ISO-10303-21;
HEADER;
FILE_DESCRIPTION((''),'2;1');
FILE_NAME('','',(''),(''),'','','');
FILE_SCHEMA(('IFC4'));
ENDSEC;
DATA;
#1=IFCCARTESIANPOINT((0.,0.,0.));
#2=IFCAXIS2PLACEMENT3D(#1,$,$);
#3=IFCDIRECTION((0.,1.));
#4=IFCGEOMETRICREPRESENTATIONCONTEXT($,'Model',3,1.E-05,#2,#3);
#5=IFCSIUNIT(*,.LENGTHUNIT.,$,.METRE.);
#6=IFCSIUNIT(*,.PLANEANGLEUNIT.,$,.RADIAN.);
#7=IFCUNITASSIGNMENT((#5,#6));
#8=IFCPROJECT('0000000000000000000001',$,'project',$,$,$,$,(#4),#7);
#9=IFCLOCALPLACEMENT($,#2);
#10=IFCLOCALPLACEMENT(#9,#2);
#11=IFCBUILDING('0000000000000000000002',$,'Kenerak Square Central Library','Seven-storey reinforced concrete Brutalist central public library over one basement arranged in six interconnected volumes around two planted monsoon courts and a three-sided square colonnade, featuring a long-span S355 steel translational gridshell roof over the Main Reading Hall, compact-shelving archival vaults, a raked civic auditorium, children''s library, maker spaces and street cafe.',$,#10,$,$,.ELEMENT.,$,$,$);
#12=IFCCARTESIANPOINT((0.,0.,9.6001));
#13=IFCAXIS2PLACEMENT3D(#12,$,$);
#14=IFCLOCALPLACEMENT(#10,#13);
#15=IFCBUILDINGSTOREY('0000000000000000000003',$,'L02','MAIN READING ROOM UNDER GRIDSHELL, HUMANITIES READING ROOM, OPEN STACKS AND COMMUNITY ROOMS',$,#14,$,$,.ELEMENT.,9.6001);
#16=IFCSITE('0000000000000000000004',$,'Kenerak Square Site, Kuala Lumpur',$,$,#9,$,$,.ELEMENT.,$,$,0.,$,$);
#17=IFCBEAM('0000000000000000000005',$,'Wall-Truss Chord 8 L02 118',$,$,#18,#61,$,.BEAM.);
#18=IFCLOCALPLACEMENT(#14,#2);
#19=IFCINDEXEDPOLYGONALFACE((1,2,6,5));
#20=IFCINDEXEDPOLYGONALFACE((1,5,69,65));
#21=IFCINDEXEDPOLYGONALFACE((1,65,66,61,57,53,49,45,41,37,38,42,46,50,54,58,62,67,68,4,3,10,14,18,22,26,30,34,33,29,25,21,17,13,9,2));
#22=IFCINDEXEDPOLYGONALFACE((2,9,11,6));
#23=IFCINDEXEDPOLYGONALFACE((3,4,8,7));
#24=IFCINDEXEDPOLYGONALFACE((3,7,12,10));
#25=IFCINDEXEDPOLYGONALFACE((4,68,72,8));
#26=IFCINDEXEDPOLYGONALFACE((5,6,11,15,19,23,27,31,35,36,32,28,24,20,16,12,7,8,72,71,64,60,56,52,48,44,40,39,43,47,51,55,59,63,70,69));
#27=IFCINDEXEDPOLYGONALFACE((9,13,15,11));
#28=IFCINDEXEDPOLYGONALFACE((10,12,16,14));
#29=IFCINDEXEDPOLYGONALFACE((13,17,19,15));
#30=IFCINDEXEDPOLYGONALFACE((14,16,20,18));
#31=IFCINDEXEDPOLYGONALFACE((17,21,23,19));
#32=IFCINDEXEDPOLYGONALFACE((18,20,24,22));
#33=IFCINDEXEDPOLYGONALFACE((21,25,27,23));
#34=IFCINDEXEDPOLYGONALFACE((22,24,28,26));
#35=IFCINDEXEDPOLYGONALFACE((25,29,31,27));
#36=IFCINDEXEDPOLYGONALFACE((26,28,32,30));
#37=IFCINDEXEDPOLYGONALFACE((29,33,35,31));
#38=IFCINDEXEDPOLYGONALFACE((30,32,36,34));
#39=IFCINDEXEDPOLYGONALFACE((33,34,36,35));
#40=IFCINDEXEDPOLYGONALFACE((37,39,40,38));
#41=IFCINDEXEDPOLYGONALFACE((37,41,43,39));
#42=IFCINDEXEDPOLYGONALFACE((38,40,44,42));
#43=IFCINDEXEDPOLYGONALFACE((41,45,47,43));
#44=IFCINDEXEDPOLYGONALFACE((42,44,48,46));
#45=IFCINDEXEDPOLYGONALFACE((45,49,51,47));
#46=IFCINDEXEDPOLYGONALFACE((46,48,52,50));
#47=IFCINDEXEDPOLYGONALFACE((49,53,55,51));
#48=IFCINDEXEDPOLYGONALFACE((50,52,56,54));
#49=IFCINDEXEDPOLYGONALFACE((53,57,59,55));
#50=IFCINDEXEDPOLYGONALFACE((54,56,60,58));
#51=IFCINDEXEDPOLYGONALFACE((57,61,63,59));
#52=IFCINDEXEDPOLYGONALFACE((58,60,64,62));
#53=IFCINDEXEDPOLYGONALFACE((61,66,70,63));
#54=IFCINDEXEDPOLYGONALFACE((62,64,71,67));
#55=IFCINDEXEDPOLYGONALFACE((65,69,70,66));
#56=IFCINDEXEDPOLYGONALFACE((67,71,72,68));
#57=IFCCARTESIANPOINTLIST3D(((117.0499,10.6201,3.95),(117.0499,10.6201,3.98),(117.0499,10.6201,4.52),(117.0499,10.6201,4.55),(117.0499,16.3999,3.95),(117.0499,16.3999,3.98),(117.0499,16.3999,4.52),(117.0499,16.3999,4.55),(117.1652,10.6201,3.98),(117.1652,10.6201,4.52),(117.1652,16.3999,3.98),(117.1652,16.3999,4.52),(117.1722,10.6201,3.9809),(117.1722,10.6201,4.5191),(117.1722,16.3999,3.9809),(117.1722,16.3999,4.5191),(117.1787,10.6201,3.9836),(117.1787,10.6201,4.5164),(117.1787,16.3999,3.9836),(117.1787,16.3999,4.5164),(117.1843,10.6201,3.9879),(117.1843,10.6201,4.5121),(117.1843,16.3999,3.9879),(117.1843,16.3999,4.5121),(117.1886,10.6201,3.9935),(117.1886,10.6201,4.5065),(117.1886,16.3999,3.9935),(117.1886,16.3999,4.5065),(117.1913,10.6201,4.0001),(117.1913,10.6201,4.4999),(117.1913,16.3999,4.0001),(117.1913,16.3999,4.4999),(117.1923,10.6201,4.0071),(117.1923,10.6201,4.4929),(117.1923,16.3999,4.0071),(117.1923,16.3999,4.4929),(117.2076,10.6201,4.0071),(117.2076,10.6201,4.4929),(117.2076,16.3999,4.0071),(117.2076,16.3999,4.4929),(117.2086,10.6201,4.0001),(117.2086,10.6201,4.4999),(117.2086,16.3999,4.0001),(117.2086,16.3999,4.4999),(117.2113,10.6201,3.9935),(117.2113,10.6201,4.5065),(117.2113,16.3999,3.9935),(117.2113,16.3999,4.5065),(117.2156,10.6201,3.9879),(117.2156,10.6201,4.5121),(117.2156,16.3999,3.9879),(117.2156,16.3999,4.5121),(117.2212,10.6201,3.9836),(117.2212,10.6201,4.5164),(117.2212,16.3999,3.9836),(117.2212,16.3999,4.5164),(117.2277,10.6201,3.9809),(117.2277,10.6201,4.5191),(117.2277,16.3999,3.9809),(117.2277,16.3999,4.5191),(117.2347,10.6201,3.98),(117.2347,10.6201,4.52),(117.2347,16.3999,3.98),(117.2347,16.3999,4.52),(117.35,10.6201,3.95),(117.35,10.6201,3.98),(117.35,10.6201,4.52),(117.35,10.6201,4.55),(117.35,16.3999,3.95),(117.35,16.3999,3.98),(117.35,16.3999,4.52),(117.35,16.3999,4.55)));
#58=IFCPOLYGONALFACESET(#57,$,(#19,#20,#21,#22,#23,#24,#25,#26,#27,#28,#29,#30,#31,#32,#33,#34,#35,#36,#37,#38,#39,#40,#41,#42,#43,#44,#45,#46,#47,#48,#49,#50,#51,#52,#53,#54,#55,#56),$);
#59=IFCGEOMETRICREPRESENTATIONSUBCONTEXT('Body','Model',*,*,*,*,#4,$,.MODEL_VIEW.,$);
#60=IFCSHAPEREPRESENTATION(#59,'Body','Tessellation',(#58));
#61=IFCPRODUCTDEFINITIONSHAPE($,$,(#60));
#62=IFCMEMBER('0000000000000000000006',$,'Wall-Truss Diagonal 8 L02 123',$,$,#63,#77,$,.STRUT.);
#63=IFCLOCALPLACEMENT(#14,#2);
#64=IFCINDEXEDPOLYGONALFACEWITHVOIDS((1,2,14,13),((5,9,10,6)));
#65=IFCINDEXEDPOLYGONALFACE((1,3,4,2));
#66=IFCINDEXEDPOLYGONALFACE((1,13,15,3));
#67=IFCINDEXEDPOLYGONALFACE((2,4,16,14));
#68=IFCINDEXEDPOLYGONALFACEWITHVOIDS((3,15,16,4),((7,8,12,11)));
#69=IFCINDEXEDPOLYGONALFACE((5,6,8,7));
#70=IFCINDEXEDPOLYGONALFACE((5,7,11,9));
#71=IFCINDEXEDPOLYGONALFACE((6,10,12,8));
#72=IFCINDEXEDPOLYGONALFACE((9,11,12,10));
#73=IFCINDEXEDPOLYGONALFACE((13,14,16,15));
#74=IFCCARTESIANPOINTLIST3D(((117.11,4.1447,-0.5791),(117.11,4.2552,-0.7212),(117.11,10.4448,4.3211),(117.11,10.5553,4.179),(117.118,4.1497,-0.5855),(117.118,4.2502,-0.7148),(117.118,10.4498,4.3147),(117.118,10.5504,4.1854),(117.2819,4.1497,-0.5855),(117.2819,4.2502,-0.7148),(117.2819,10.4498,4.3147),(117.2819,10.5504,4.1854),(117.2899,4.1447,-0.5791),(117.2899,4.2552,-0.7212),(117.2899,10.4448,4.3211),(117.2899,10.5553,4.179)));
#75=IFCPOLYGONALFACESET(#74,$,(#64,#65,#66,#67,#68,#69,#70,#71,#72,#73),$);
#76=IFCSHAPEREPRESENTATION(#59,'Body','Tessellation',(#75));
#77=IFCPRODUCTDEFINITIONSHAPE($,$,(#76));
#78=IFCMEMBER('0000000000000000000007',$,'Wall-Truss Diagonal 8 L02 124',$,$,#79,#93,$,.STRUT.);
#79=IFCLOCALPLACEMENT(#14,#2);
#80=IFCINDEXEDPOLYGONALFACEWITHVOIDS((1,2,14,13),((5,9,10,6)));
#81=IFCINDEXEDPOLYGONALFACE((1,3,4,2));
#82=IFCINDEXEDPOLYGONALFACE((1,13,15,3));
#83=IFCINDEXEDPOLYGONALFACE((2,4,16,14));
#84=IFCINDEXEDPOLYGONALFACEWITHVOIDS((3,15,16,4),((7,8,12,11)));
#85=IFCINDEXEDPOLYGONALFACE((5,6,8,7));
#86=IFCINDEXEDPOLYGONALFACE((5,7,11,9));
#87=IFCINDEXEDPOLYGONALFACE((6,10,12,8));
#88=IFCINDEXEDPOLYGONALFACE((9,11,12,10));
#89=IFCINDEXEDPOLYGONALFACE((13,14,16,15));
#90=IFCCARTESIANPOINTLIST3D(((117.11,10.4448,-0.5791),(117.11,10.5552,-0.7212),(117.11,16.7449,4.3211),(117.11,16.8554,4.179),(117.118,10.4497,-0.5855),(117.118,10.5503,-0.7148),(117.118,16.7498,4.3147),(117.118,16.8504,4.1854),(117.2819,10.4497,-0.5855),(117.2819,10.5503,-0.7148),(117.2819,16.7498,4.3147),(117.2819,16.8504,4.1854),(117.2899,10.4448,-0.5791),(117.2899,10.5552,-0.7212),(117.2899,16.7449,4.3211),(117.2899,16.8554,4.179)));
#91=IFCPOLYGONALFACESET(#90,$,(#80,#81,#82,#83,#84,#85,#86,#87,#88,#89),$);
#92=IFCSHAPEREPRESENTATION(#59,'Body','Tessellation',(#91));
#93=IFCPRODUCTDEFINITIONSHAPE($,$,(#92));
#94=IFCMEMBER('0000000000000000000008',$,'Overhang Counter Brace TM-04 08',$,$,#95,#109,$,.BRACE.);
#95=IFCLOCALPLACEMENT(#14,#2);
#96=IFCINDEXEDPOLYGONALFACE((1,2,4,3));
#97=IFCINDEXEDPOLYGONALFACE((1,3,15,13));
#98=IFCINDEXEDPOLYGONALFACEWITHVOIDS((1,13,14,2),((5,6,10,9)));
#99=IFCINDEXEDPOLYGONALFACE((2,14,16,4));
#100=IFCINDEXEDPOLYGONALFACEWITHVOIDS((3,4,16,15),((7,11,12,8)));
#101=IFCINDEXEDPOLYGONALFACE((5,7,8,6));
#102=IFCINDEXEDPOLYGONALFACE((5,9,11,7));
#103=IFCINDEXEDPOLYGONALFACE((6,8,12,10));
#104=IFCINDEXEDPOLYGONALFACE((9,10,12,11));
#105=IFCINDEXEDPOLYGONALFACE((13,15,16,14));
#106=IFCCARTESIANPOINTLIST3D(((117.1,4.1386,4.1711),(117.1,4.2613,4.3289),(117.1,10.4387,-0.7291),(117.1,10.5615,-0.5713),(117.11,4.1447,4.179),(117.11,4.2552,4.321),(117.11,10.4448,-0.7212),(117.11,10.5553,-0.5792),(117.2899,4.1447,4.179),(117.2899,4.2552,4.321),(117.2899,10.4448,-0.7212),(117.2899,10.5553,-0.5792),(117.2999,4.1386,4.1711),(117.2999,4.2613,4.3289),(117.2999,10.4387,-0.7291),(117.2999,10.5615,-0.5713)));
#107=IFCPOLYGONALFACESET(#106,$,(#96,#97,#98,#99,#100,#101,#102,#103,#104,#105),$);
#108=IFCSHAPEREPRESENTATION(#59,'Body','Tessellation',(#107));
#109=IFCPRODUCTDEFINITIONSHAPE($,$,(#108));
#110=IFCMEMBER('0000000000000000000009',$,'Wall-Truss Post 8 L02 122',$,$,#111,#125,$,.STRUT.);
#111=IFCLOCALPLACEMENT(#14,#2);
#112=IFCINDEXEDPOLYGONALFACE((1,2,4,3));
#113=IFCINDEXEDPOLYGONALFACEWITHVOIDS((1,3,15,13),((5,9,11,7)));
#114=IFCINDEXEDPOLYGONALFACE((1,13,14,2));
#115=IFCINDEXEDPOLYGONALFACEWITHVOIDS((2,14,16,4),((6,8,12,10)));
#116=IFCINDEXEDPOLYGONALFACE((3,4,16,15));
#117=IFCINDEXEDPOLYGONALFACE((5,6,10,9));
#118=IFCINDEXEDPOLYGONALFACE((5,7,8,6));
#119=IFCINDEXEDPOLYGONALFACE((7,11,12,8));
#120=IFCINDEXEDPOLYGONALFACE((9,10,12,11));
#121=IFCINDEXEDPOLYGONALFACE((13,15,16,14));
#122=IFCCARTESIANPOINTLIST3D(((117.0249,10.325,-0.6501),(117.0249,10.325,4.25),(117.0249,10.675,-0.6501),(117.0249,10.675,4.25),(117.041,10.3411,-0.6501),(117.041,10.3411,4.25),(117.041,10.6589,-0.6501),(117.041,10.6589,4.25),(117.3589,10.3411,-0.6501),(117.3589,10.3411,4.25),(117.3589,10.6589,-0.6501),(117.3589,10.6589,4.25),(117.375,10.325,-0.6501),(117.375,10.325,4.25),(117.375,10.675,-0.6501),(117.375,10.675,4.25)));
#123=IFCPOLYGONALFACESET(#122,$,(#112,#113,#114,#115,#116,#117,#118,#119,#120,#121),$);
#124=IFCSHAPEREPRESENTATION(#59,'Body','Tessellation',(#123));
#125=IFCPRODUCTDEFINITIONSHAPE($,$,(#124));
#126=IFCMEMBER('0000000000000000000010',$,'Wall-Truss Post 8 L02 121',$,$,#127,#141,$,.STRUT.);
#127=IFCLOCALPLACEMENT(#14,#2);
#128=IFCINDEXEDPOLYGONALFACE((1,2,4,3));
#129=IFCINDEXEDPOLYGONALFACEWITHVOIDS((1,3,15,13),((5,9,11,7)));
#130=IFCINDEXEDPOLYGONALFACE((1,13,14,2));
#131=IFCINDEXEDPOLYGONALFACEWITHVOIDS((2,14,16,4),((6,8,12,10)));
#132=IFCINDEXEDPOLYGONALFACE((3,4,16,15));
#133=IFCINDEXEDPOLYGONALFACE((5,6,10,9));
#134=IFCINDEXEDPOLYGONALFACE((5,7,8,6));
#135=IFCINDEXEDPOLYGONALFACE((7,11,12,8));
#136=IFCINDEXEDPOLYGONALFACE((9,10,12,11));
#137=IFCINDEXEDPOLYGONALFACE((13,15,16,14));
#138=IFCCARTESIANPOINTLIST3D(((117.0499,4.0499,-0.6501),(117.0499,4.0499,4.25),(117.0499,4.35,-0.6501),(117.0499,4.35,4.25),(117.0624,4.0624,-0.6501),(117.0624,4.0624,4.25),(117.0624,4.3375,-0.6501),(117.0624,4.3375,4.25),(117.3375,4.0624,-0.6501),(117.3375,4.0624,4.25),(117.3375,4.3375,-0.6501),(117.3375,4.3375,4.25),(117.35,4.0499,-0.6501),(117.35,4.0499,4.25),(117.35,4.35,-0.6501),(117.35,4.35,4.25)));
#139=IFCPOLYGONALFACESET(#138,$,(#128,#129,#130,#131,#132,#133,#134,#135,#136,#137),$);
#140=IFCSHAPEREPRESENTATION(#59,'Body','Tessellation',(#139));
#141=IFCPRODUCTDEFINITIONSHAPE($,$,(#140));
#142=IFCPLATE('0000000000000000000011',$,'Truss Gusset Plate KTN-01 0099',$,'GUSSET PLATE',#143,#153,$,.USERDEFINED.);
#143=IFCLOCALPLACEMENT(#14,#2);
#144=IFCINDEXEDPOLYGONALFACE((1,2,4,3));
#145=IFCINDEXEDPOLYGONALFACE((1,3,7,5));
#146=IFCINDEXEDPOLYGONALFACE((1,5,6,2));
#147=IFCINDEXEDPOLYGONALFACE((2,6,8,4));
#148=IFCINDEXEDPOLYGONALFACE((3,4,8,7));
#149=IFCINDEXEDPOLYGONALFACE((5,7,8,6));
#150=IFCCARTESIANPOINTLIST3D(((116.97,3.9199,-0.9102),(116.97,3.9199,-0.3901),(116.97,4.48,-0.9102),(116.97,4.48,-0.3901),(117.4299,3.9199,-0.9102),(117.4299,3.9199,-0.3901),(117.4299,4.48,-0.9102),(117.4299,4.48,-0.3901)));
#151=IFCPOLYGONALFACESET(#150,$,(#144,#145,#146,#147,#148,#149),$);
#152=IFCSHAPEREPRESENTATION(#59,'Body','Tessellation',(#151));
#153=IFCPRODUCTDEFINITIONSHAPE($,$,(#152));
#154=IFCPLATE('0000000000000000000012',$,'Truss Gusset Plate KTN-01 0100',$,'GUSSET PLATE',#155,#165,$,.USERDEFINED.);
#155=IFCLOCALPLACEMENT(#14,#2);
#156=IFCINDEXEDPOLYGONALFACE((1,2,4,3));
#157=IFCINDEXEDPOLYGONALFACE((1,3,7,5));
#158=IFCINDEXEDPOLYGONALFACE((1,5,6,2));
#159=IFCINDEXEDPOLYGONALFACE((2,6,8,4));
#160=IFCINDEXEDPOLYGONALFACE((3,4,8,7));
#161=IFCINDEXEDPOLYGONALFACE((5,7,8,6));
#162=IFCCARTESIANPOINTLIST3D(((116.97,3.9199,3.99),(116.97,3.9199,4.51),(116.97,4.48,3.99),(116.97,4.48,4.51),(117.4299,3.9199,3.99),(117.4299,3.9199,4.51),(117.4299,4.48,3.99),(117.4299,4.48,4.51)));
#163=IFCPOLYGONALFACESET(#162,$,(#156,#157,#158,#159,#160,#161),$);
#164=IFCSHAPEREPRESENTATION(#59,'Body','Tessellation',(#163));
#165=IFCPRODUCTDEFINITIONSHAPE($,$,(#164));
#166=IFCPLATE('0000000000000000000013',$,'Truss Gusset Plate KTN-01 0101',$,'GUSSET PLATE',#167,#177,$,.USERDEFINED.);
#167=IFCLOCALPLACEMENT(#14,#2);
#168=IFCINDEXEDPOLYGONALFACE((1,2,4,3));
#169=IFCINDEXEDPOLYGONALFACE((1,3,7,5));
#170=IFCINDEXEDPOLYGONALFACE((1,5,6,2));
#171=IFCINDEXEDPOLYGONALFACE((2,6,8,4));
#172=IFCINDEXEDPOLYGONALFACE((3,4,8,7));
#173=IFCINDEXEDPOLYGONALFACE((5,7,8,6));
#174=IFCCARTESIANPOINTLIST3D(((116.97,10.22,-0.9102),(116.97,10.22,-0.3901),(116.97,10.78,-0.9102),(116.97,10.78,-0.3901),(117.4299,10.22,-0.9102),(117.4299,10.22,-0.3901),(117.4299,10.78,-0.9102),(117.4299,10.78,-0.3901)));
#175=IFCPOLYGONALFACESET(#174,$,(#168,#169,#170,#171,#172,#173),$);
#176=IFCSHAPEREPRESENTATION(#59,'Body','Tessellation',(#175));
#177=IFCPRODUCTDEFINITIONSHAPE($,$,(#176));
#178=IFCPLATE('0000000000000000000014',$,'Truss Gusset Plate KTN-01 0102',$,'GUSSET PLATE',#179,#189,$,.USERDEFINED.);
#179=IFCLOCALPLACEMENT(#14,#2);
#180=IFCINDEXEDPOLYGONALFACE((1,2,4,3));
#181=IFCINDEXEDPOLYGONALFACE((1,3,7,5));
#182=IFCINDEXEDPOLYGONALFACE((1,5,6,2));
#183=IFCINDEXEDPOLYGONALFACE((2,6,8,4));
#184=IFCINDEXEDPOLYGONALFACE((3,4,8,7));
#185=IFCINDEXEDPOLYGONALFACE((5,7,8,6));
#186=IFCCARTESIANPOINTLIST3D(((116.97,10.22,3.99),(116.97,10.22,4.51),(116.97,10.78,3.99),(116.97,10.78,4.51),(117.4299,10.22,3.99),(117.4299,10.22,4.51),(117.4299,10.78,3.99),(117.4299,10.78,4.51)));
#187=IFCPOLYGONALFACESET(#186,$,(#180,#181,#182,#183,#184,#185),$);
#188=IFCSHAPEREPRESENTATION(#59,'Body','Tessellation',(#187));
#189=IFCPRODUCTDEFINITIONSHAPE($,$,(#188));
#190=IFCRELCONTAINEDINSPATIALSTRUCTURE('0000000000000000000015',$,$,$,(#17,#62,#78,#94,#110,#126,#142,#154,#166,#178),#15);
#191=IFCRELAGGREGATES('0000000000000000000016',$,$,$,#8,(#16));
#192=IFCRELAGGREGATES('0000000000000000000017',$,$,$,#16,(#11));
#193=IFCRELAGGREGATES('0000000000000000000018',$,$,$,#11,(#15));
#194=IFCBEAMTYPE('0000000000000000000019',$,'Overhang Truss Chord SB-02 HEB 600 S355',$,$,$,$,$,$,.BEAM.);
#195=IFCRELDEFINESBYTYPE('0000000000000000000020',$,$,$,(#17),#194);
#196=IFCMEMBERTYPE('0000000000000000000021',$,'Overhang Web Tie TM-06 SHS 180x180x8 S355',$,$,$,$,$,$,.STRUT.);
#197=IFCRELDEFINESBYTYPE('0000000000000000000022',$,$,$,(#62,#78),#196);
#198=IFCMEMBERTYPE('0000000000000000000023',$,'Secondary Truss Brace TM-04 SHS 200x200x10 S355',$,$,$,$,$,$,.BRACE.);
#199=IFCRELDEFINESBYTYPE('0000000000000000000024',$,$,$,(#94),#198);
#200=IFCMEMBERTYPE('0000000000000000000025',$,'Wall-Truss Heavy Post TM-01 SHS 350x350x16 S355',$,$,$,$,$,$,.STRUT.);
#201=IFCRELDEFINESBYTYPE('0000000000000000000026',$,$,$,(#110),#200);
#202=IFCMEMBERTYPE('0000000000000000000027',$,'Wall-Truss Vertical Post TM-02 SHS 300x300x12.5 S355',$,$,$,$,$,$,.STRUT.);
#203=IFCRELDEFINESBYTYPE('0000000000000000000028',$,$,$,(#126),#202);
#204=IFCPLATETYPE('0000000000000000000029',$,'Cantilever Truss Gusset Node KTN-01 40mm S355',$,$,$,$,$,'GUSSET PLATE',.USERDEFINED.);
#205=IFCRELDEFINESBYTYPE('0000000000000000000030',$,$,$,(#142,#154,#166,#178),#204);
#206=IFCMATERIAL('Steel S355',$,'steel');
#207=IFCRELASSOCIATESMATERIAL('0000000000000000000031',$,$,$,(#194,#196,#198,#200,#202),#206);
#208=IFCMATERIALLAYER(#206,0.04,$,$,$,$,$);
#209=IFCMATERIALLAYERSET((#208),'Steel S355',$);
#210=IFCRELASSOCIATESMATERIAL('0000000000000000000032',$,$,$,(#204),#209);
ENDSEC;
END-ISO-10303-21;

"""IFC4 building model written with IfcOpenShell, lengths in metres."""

from ifc_helpers import new_model, si_unit, direction, frame, origin, origin_2d, place, context, subcontext, project, spatial, rectangle, hollow_rectangle, i_section, extrude, material, layer, layer_set, material_profile, profile_set, type_object, element, save


model = new_model("IFC4")

# Units and contexts
model_context = context("Model", 3, precision=1e-05, world=origin(), true_north=direction((0.0, 1.0)))
body_context = subcontext(model_context, "Body", "Model", "MODEL_VIEW")
ifc_project = project(units=[si_unit("LENGTHUNIT", "METRE"), si_unit("PLANEANGLEUNIT", "RADIAN")], contexts=[model_context])

# Site, building, storey
site_placement = place(None, origin())
site = spatial("IfcSite", under=ifc_project, at=site_placement, Name="Kenerak Square Site, Kuala Lumpur", CompositionType="ELEMENT", RefElevation=0.0)
building_placement = place(site_placement, origin())
building = spatial("IfcBuilding", under=site, at=building_placement, Name="Kenerak Square Central Library", Description="Seven-storey reinforced concrete Brutalist central public library over one basement arranged in six interconnected volumes around two planted monsoon courts and a three-sided square colonnade, featuring a long-span S355 steel translational gridshell roof over the Main Reading Hall, compact-shelving archival vaults, a raked civic auditorium, children's library, maker spaces and street cafe.", CompositionType="ELEMENT")
storey_placement = place(building_placement, frame((0.0, 0.0, 9.6001)))
storey = spatial("IfcBuildingStorey", under=building, at=storey_placement, Name="L02", Description="MAIN READING ROOM UNDER GRIDSHELL, HUMANITIES READING ROOM, OPEN STACKS AND COMMUNITY ROOMS", CompositionType="ELEMENT", Elevation=9.6001)

# Beam
ifc_material_1 = material(Name="Steel S355", Category="steel")
ifc_material_profile_1 = material_profile(ifc_material_1, i_section(OverallWidth=0.3, OverallDepth=0.6001, WebThickness=0.0154, FlangeThickness=0.03, FilletRadius=0.0271, at=origin_2d()), Name="HEB 600")
ifc_profile_set_1 = profile_set([ifc_material_profile_1], Name="Steel S355")
beam_type = type_object("IfcBeamType", Name="Overhang Truss Chord SB-02 HEB 600 S355", PredefinedType="BEAM", material=ifc_profile_set_1)
beam_1_placement = place(storey_placement, frame((117.2, 10.6201, 4.25), z_axis=(0.0, 1.0, 0.0), x_axis=(-1.0, 0.0, 0.0)))
element("IfcBeam", 1, at=beam_1_placement, inside=storey, type_object=beam_type, Name="Wall-Truss Chord 8 L02 118", PredefinedType="BEAM", context=body_context, shape_type="SweptSolid", body=[
    extrude(i_section(OverallWidth=0.3, OverallDepth=0.6001, WebThickness=0.0154, FlangeThickness=0.03, FilletRadius=0.0271, at=origin_2d()), origin(), (0.0, 0.0, 1.0), 5.7798),
])

# Members
ifc_material_profile_2 = material_profile(ifc_material_1, hollow_rectangle(XDim=0.1799, YDim=0.1799, WallThickness=0.0081, at=origin_2d()), Name="SHS 180x180x8.0")
ifc_profile_set_2 = profile_set([ifc_material_profile_2], Name="Steel S355")
member_type_1 = type_object("IfcMemberType", Name="Overhang Web Tie TM-06 SHS 180x180x8 S355", PredefinedType="STRUT", material=ifc_profile_set_2)
for number, where, z_axis, x_axis, name in (
    (2, (117.2, 4.2, -0.6501), (0.0, 0.789346, 0.613949), (-1.0, 0.0, 0.0), "Wall-Truss Diagonal 8 L02 123"),
    (3, (117.2, 10.5, -0.6501), (0.0, 0.789346, 0.613949), (-1.0, 0.0, 0.0), "Wall-Truss Diagonal 8 L02 124"),
):
    element("IfcMember", number, at=place(storey_placement, frame(where, z_axis=z_axis, x_axis=x_axis)), inside=storey, type_object=member_type_1, Name=name, PredefinedType="STRUT", context=body_context, shape_type="SweptSolid", body=[
        extrude(hollow_rectangle(XDim=0.1799, YDim=0.1799, WallThickness=0.0081, at=origin_2d()), origin(), (0.0, 0.0, 1.0), 7.9814),
    ])
ifc_material_profile_3 = material_profile(ifc_material_1, hollow_rectangle(XDim=0.2, YDim=0.2, WallThickness=0.01, at=origin_2d()), Name="SHS 200x200x10.0")
ifc_profile_set_3 = profile_set([ifc_material_profile_3], Name="Steel S355")
member_type_2 = type_object("IfcMemberType", Name="Secondary Truss Brace TM-04 SHS 200x200x10 S355", PredefinedType="BRACE", material=ifc_profile_set_3)
member_1_placement = place(storey_placement, frame((117.2, 4.2, 4.25), z_axis=(0.0, 0.789346, -0.613949), x_axis=(-1.0, 0.0, 0.0)))
element("IfcMember", 4, at=member_1_placement, inside=storey, type_object=member_type_2, Name="Overhang Counter Brace TM-04 08", PredefinedType="BRACE", context=body_context, shape_type="SweptSolid", body=[
    extrude(hollow_rectangle(XDim=0.2, YDim=0.2, WallThickness=0.01, at=origin_2d()), origin(), (0.0, 0.0, 1.0), 7.9814),
])
ifc_material_profile_4 = material_profile(ifc_material_1, hollow_rectangle(XDim=0.3501, YDim=0.3501, WallThickness=0.0161, at=origin_2d()), Name="SHS 350x350x16.0")
ifc_profile_set_4 = profile_set([ifc_material_profile_4], Name="Steel S355")
member_type_3 = type_object("IfcMemberType", Name="Wall-Truss Heavy Post TM-01 SHS 350x350x16 S355", PredefinedType="STRUT", material=ifc_profile_set_4)
member_2_placement = place(storey_placement, frame((117.2, 10.5, -0.6501), z_axis=(0.0, 0.0, 1.0), x_axis=(1.0, 0.0, 0.0)))
element("IfcMember", 5, at=member_2_placement, inside=storey, type_object=member_type_3, Name="Wall-Truss Post 8 L02 122", PredefinedType="STRUT", context=body_context, shape_type="SweptSolid", body=[
    extrude(hollow_rectangle(XDim=0.3501, YDim=0.3501, WallThickness=0.0161, at=origin_2d()), origin(), (0.0, 0.0, 1.0), 4.9001),
])
ifc_material_profile_5 = material_profile(ifc_material_1, hollow_rectangle(XDim=0.3, YDim=0.3, WallThickness=0.0125, at=origin_2d()), Name="SHS 300x300x12.5")
ifc_profile_set_5 = profile_set([ifc_material_profile_5], Name="Steel S355")
member_type_4 = type_object("IfcMemberType", Name="Wall-Truss Vertical Post TM-02 SHS 300x300x12.5 S355", PredefinedType="STRUT", material=ifc_profile_set_5)
member_3_placement = place(storey_placement, frame((117.2, 4.2, -0.6501), z_axis=(0.0, 0.0, 1.0), x_axis=(1.0, 0.0, 0.0)))
element("IfcMember", 6, at=member_3_placement, inside=storey, type_object=member_type_4, Name="Wall-Truss Post 8 L02 121", PredefinedType="STRUT", context=body_context, shape_type="SweptSolid", body=[
    extrude(hollow_rectangle(XDim=0.3, YDim=0.3, WallThickness=0.0125, at=origin_2d()), origin(), (0.0, 0.0, 1.0), 4.9001),
])

# Plates
ifc_layer_1 = layer(ifc_material_1, 0.04)
ifc_layer_set_1 = layer_set([ifc_layer_1], Name="Steel S355")
plate_type_1 = type_object("IfcPlateType", Name="Cantilever Truss Gusset Node KTN-01 40mm S355", ElementType="GUSSET PLATE", PredefinedType="USERDEFINED", material=ifc_layer_set_1)
for number, where, z_axis, x_axis, name in (
    (7, (117.2, 4.2, -0.9102), (0.0, 0.0, 1.0), (1.0, 0.0, 0.0), "Truss Gusset Plate KTN-01 0099"),
    (8, (117.2, 4.2, 3.99), (0.0, 0.0, 1.0), (1.0, 0.0, 0.0), "Truss Gusset Plate KTN-01 0100"),
    (9, (117.2, 10.5, -0.9102), (0.0, 0.0, 1.0), (1.0, 0.0, 0.0), "Truss Gusset Plate KTN-01 0101"),
    (10, (117.2, 10.5, 3.99), (0.0, 0.0, 1.0), (1.0, 0.0, 0.0), "Truss Gusset Plate KTN-01 0102"),
):
    element("IfcPlate", number, at=place(storey_placement, frame(where, z_axis=z_axis, x_axis=x_axis)), inside=storey, type_object=plate_type_1, Name=name, ObjectType="GUSSET PLATE", PredefinedType="USERDEFINED", context=body_context, shape_type="SweptSolid", body=[
        extrude(rectangle(XDim=0.46, YDim=0.5601, at=origin_2d()), origin(), (0.0, 0.0, 1.0), 0.52),
    ])

save(model, "model.ifc")
